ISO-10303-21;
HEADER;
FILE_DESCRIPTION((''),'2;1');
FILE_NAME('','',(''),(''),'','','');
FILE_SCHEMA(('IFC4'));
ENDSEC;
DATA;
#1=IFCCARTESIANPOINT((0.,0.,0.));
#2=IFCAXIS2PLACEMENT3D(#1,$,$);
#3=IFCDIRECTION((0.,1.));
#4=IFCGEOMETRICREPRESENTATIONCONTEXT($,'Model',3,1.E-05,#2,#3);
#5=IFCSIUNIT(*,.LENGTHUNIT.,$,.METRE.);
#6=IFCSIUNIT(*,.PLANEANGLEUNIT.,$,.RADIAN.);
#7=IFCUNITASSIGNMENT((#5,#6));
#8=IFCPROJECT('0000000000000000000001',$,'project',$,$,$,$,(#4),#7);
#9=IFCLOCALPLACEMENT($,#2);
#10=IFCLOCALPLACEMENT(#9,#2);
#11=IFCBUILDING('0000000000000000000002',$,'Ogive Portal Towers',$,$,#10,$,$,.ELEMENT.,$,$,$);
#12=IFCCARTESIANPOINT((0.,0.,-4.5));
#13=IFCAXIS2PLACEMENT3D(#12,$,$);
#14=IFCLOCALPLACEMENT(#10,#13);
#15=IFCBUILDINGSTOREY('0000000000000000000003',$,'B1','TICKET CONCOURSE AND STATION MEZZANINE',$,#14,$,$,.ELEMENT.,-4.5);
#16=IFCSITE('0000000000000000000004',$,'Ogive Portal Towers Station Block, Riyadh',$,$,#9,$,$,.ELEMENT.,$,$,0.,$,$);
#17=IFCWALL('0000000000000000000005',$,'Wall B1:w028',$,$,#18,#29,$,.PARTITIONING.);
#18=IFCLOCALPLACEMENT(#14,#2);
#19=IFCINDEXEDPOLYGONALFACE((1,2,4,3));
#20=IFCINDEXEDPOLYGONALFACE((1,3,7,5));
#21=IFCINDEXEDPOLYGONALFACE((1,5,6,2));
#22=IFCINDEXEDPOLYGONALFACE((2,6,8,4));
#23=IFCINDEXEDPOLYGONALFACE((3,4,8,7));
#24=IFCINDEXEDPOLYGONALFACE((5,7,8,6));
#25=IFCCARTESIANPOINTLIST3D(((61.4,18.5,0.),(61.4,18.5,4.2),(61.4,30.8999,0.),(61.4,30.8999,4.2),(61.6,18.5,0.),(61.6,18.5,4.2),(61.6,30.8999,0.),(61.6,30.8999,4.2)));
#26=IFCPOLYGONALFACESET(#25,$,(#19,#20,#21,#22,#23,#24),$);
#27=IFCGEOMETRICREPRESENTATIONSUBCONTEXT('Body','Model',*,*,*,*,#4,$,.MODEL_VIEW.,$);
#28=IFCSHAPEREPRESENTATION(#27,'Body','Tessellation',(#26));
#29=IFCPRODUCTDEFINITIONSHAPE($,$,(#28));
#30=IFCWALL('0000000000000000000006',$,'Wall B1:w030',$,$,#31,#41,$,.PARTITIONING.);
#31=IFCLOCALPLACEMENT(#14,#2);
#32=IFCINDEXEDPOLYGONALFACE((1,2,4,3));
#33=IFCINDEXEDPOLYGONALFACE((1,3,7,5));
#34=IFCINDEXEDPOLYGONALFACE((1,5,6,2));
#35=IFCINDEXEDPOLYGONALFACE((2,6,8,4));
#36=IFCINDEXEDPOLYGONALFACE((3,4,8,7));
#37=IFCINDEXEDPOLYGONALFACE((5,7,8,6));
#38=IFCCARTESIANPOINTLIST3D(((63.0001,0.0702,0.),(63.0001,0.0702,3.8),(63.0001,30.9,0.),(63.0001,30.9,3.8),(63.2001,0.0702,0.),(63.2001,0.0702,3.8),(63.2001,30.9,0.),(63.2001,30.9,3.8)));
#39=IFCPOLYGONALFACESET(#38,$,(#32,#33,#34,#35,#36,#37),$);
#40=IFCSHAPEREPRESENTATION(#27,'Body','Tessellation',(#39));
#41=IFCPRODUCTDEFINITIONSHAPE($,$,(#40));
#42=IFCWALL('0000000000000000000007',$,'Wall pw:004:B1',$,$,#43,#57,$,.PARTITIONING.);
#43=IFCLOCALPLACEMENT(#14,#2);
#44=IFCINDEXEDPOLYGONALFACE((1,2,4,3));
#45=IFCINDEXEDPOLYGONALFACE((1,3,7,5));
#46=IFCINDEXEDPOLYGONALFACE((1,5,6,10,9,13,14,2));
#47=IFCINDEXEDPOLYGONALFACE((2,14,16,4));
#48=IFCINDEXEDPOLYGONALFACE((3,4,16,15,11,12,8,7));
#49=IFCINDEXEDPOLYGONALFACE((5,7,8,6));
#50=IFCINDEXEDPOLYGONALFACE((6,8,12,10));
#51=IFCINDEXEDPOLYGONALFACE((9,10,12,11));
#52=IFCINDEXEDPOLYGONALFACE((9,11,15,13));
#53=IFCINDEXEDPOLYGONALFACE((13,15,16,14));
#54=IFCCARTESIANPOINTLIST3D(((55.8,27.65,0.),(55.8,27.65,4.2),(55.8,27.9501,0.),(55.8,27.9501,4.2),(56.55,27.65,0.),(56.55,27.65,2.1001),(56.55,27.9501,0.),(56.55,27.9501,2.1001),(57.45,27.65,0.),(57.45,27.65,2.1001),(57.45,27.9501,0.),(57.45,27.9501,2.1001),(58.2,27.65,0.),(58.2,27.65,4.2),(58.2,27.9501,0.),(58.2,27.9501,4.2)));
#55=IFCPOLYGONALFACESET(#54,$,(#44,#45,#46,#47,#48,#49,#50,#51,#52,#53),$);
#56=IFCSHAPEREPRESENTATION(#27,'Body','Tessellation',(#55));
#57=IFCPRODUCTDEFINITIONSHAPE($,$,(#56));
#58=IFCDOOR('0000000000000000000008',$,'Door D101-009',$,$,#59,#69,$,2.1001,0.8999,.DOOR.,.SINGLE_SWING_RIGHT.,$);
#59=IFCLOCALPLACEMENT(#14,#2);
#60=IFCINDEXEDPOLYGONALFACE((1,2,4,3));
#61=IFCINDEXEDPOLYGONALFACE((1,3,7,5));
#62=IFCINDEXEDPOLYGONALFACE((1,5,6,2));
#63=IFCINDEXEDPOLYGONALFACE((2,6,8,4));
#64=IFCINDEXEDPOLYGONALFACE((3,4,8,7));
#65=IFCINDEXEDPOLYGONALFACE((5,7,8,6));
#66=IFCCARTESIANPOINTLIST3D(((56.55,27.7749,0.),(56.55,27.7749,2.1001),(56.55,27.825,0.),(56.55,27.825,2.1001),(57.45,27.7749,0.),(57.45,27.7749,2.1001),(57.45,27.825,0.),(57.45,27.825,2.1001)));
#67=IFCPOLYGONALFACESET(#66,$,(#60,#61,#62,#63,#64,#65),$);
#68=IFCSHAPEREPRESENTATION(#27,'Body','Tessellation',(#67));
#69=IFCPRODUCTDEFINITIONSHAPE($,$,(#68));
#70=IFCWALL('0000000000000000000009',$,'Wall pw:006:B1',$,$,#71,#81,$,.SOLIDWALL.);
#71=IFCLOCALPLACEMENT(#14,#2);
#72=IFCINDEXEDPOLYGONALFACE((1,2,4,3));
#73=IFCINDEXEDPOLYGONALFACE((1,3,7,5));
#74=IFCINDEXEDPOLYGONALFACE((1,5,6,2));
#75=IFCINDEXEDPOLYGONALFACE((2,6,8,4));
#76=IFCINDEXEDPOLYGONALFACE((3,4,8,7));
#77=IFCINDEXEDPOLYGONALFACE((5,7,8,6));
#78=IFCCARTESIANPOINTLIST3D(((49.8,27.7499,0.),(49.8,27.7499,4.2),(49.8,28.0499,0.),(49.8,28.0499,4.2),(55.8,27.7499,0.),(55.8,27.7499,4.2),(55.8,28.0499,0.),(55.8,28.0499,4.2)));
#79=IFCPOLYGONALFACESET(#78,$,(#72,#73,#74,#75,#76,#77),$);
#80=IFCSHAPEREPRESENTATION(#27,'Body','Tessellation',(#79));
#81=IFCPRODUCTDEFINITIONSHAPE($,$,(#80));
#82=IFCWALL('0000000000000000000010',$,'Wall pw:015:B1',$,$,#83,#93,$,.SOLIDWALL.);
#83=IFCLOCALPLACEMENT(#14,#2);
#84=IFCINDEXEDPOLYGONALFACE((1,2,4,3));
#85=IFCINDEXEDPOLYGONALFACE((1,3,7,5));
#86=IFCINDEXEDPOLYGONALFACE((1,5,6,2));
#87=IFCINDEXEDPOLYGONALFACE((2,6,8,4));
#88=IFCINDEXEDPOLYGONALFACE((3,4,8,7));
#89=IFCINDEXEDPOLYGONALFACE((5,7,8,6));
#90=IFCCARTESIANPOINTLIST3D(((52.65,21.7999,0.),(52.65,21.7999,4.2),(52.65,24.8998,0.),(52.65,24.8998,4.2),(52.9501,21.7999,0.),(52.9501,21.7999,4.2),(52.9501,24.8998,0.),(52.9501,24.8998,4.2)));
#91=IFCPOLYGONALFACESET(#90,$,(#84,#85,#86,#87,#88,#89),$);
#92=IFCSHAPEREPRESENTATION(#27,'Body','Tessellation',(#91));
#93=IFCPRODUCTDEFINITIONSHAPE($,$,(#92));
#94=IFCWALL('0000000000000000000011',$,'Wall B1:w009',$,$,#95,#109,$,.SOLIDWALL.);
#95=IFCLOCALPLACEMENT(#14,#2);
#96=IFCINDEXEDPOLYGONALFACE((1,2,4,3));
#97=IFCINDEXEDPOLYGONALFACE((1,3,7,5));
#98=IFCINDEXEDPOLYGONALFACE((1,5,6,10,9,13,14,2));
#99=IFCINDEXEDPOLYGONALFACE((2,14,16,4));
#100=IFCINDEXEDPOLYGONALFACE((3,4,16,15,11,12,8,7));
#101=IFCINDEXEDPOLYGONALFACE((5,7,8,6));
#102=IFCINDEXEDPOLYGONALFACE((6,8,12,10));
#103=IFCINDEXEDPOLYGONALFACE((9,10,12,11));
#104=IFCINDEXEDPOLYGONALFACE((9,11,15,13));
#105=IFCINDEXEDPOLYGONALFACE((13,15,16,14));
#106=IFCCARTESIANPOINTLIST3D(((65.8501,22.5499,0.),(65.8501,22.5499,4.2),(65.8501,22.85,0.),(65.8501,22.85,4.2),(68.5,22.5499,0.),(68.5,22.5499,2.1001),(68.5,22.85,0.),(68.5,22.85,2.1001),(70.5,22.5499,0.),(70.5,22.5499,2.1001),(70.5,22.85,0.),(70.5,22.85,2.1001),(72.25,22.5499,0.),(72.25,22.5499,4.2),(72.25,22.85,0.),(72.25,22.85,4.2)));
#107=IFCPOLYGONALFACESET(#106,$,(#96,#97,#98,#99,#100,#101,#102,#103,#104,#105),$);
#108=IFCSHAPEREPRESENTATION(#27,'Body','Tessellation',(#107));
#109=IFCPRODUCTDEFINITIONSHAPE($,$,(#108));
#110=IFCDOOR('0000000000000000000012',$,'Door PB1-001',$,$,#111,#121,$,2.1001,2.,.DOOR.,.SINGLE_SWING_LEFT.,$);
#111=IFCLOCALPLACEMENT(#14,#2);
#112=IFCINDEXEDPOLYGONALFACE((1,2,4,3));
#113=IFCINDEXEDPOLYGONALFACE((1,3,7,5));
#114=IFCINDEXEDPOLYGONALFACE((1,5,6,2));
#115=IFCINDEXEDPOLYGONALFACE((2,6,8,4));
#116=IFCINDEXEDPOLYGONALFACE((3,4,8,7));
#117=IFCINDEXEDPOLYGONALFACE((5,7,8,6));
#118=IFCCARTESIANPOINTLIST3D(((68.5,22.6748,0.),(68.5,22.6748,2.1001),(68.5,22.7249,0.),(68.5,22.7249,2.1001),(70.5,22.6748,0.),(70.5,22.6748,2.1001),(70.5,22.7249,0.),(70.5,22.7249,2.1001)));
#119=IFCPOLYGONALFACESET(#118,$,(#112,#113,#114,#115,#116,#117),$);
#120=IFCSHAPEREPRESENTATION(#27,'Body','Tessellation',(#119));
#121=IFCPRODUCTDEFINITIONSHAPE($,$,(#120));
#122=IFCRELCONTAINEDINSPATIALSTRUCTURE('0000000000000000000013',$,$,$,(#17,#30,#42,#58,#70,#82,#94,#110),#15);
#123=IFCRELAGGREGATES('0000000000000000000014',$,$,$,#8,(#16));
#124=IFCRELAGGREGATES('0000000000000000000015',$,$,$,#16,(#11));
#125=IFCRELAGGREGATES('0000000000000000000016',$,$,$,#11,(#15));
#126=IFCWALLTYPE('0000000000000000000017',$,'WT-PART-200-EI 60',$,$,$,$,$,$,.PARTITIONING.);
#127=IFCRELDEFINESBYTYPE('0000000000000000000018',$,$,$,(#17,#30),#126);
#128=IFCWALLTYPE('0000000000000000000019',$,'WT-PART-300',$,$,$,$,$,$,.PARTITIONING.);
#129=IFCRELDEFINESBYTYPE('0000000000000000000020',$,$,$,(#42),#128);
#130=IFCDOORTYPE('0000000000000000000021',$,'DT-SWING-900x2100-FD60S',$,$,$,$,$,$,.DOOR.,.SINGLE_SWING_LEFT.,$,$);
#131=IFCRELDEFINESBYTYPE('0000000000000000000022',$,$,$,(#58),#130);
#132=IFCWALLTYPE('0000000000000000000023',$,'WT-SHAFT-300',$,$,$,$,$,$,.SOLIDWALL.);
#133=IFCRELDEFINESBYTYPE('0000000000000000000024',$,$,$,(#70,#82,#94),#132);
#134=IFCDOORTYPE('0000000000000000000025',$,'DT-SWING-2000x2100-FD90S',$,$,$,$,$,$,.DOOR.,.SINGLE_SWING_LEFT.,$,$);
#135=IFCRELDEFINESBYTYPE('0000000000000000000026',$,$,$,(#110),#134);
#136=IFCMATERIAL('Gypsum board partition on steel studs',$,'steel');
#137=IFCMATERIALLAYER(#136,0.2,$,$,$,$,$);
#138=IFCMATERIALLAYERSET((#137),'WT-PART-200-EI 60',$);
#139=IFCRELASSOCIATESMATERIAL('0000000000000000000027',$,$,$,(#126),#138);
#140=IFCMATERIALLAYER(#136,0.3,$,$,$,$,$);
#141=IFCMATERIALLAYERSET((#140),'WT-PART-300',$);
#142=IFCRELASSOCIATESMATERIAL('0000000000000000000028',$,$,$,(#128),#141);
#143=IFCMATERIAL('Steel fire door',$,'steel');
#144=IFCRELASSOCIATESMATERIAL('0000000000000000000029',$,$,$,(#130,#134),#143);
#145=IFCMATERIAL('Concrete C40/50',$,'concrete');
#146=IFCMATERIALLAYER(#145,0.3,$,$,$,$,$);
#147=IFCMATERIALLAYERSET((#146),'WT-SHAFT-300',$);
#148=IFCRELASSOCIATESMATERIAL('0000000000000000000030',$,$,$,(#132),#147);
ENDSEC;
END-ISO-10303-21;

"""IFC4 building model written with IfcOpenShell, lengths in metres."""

from ifc_helpers import new_model, si_unit, direction, frame, frame_2d, origin, place, context, subcontext, project, spatial, rectangle, extrude, material, layer, layer_set, type_object, element, fill, save


model = new_model("IFC4")

# Units and contexts
model_context = context("Model", 3, precision=1e-05, world=origin(), true_north=direction((0.0, 1.0)))
body_context = subcontext(model_context, "Body", "Model", "MODEL_VIEW")
ifc_project = project(units=[si_unit("LENGTHUNIT", "METRE"), si_unit("PLANEANGLEUNIT", "RADIAN")], contexts=[model_context])

# Site, building, storey
site_placement = place(None, origin())
site = spatial("IfcSite", under=ifc_project, at=site_placement, Name="Ogive Portal Towers Station Block, Riyadh", CompositionType="ELEMENT", RefElevation=0.0)
building_placement = place(site_placement, origin())
building = spatial("IfcBuilding", under=site, at=building_placement, Name="Ogive Portal Towers", CompositionType="ELEMENT")
storey_placement = place(building_placement, frame((0.0, 0.0, -4.5)))
storey = spatial("IfcBuildingStorey", under=building, at=storey_placement, Name="B1", Description="TICKET CONCOURSE AND STATION MEZZANINE", CompositionType="ELEMENT", Elevation=-4.5)

# Shared definitions
ifc_material_1 = material(Name="Concrete C40/50", Category="concrete")

# Shared definitions
ifc_material_2 = material(Name="Gypsum board partition on steel studs", Category="steel")
ifc_layer_1 = layer(ifc_material_2, 0.2)
ifc_layer_set_1 = layer_set([ifc_layer_1], Name="WT-PART-200-EI 60")
wall_type_1 = type_object("IfcWallType", Name="WT-PART-200-EI 60", PredefinedType="PARTITIONING", material=ifc_layer_set_1)
ifc_material_3 = material(Name="Steel fire door", Category="steel")

# Walls
wall_1_placement = place(storey_placement, frame((61.5, 18.5, 0.0), z_axis=(0.0, 0.0, 1.0), x_axis=(0.0, 1.0, 0.0)))
element("IfcWall", 1, at=wall_1_placement, inside=storey, type_object=wall_type_1, Name="Wall B1:w028", PredefinedType="PARTITIONING", context=body_context, shape_type="SweptSolid", body=[
    extrude(rectangle(XDim=12.3999, YDim=0.2, at=frame_2d((6.2, 0.0))), origin(), (0.0, 0.0, 1.0), 4.2),
])
wall_2_placement = place(storey_placement, frame((63.1001, 0.0701, 0.0), z_axis=(0.0, 0.0, 1.0), x_axis=(0.0, 1.0, 0.0)))
element("IfcWall", 2, at=wall_2_placement, inside=storey, type_object=wall_type_1, Name="Wall B1:w030", PredefinedType="PARTITIONING", context=body_context, shape_type="SweptSolid", body=[
    extrude(rectangle(XDim=30.8298, YDim=0.2, at=frame_2d((15.415, 0.0))), origin(), (0.0, 0.0, 1.0), 3.8),
])

# Wall, opening, door
ifc_layer_2 = layer(ifc_material_2, 0.3)
ifc_layer_set_2 = layer_set([ifc_layer_2], Name="WT-PART-300")
wall_type_2 = type_object("IfcWallType", Name="WT-PART-300", PredefinedType="PARTITIONING", material=ifc_layer_set_2)
wall_3_placement = place(storey_placement, frame((55.8, 27.8, 0.0), z_axis=(0.0, 0.0, 1.0), x_axis=(1.0, 0.0, 0.0)))
wall_3 = element("IfcWall", 3, at=wall_3_placement, inside=storey, type_object=wall_type_2, Name="Wall pw:004:B1", PredefinedType="PARTITIONING", context=body_context, shape_type="SweptSolid", body=[
    extrude(rectangle(XDim=2.3999, YDim=0.3, at=frame_2d((1.2, 0.0))), origin(), (0.0, 0.0, 1.0), 4.2),
])
opening_1_placement = place(wall_3_placement, frame((0.75, 0.0, 0.0)))
opening_1 = element("IfcOpeningElement", 4, at=opening_1_placement, cuts=wall_3, PredefinedType="OPENING", context=body_context, shape_type="SweptSolid", body=[
    extrude(rectangle(XDim=0.8999, YDim=2.1001, at=frame_2d((0.45, 1.05))), frame((0.0, 0.1602, 0.0), z_axis=(0.0, -1.0, 0.0), x_axis=(1.0, 0.0, 0.0)), (0.0, 0.0, 1.0), 0.3201),
])
door_type_1 = type_object("IfcDoorType", Name="DT-SWING-900x2100-FD60S", OperationType="SINGLE_SWING_LEFT", PredefinedType="DOOR", material=ifc_material_3)
door_1_placement = place(opening_1_placement, origin())
door_1 = element("IfcDoor", 5, at=door_1_placement, inside=storey, type_object=door_type_1, Name="Door D101-009", OperationType="SINGLE_SWING_RIGHT", OverallHeight=2.1001, OverallWidth=0.8999, PredefinedType="DOOR", context=body_context, shape_type="SweptSolid", body=[
    extrude(rectangle(XDim=0.8999, YDim=2.1001, at=frame_2d((0.45, 1.05))), frame((0.0, 0.0249, 0.0), z_axis=(0.0, -1.0, 0.0), x_axis=(1.0, 0.0, 0.0)), (0.0, 0.0, 1.0), 0.05),
])
fill(opening_1, door_1)

# Walls
ifc_layer_3 = layer(ifc_material_1, 0.3)
ifc_layer_set_3 = layer_set([ifc_layer_3], Name="WT-SHAFT-300")
wall_type_3 = type_object("IfcWallType", Name="WT-SHAFT-300", PredefinedType="SOLIDWALL", material=ifc_layer_set_3)
wall_4_placement = place(storey_placement, frame((49.8, 27.8999, 0.0), z_axis=(0.0, 0.0, 1.0), x_axis=(1.0, 0.0, 0.0)))
element("IfcWall", 6, at=wall_4_placement, inside=storey, type_object=wall_type_3, Name="Wall pw:006:B1", PredefinedType="SOLIDWALL", context=body_context, shape_type="SweptSolid", body=[
    extrude(rectangle(XDim=6.0, YDim=0.3, at=frame_2d((3.0, 0.0))), origin(), (0.0, 0.0, 1.0), 4.2),
])
wall_5_placement = place(storey_placement, frame((52.8, 21.8, 0.0), z_axis=(0.0, 0.0, 1.0), x_axis=(0.0, 1.0, 0.0)))
element("IfcWall", 7, at=wall_5_placement, inside=storey, type_object=wall_type_3, Name="Wall pw:015:B1", PredefinedType="SOLIDWALL", context=body_context, shape_type="SweptSolid", body=[
    extrude(rectangle(XDim=3.0999, YDim=0.3, at=frame_2d((1.5498, 0.0))), origin(), (0.0, 0.0, 1.0), 4.2),
])

# Wall, opening, door
wall_6_placement = place(storey_placement, frame((65.8501, 22.7, 0.0), z_axis=(0.0, 0.0, 1.0), x_axis=(1.0, 0.0, 0.0)))
wall_6 = element("IfcWall", 8, at=wall_6_placement, inside=storey, type_object=wall_type_3, Name="Wall B1:w009", PredefinedType="SOLIDWALL", context=body_context, shape_type="SweptSolid", body=[
    extrude(rectangle(XDim=6.3999, YDim=0.3, at=frame_2d((3.2, 0.0))), origin(), (0.0, 0.0, 1.0), 4.2),
])
opening_2_placement = place(wall_6_placement, frame((2.6499, 0.0, 0.0)))
opening_2 = element("IfcOpeningElement", 9, at=opening_2_placement, cuts=wall_6, PredefinedType="OPENING", context=body_context, shape_type="SweptSolid", body=[
    extrude(rectangle(XDim=2.0, YDim=2.1001, at=frame_2d((1.0, 1.05))), frame((0.0, 0.1602, 0.0), z_axis=(0.0, -1.0, 0.0), x_axis=(1.0, 0.0, 0.0)), (0.0, 0.0, 1.0), 0.3201),
])
door_type_2 = type_object("IfcDoorType", Name="DT-SWING-2000x2100-FD90S", OperationType="SINGLE_SWING_LEFT", PredefinedType="DOOR", material=ifc_material_3)
door_2_placement = place(opening_2_placement, origin())
door_2 = element("IfcDoor", 10, at=door_2_placement, inside=storey, type_object=door_type_2, Name="Door PB1-001", OperationType="SINGLE_SWING_LEFT", OverallHeight=2.1001, OverallWidth=2.0, PredefinedType="DOOR", context=body_context, shape_type="SweptSolid", body=[
    extrude(rectangle(XDim=2.0, YDim=2.1001, at=frame_2d((1.0, 1.05))), frame((0.0, 0.0249, 0.0), z_axis=(0.0, -1.0, 0.0), x_axis=(1.0, 0.0, 0.0)), (0.0, 0.0, 1.0), 0.05),
])
fill(opening_2, door_2)

save(model, "model.ifc")
